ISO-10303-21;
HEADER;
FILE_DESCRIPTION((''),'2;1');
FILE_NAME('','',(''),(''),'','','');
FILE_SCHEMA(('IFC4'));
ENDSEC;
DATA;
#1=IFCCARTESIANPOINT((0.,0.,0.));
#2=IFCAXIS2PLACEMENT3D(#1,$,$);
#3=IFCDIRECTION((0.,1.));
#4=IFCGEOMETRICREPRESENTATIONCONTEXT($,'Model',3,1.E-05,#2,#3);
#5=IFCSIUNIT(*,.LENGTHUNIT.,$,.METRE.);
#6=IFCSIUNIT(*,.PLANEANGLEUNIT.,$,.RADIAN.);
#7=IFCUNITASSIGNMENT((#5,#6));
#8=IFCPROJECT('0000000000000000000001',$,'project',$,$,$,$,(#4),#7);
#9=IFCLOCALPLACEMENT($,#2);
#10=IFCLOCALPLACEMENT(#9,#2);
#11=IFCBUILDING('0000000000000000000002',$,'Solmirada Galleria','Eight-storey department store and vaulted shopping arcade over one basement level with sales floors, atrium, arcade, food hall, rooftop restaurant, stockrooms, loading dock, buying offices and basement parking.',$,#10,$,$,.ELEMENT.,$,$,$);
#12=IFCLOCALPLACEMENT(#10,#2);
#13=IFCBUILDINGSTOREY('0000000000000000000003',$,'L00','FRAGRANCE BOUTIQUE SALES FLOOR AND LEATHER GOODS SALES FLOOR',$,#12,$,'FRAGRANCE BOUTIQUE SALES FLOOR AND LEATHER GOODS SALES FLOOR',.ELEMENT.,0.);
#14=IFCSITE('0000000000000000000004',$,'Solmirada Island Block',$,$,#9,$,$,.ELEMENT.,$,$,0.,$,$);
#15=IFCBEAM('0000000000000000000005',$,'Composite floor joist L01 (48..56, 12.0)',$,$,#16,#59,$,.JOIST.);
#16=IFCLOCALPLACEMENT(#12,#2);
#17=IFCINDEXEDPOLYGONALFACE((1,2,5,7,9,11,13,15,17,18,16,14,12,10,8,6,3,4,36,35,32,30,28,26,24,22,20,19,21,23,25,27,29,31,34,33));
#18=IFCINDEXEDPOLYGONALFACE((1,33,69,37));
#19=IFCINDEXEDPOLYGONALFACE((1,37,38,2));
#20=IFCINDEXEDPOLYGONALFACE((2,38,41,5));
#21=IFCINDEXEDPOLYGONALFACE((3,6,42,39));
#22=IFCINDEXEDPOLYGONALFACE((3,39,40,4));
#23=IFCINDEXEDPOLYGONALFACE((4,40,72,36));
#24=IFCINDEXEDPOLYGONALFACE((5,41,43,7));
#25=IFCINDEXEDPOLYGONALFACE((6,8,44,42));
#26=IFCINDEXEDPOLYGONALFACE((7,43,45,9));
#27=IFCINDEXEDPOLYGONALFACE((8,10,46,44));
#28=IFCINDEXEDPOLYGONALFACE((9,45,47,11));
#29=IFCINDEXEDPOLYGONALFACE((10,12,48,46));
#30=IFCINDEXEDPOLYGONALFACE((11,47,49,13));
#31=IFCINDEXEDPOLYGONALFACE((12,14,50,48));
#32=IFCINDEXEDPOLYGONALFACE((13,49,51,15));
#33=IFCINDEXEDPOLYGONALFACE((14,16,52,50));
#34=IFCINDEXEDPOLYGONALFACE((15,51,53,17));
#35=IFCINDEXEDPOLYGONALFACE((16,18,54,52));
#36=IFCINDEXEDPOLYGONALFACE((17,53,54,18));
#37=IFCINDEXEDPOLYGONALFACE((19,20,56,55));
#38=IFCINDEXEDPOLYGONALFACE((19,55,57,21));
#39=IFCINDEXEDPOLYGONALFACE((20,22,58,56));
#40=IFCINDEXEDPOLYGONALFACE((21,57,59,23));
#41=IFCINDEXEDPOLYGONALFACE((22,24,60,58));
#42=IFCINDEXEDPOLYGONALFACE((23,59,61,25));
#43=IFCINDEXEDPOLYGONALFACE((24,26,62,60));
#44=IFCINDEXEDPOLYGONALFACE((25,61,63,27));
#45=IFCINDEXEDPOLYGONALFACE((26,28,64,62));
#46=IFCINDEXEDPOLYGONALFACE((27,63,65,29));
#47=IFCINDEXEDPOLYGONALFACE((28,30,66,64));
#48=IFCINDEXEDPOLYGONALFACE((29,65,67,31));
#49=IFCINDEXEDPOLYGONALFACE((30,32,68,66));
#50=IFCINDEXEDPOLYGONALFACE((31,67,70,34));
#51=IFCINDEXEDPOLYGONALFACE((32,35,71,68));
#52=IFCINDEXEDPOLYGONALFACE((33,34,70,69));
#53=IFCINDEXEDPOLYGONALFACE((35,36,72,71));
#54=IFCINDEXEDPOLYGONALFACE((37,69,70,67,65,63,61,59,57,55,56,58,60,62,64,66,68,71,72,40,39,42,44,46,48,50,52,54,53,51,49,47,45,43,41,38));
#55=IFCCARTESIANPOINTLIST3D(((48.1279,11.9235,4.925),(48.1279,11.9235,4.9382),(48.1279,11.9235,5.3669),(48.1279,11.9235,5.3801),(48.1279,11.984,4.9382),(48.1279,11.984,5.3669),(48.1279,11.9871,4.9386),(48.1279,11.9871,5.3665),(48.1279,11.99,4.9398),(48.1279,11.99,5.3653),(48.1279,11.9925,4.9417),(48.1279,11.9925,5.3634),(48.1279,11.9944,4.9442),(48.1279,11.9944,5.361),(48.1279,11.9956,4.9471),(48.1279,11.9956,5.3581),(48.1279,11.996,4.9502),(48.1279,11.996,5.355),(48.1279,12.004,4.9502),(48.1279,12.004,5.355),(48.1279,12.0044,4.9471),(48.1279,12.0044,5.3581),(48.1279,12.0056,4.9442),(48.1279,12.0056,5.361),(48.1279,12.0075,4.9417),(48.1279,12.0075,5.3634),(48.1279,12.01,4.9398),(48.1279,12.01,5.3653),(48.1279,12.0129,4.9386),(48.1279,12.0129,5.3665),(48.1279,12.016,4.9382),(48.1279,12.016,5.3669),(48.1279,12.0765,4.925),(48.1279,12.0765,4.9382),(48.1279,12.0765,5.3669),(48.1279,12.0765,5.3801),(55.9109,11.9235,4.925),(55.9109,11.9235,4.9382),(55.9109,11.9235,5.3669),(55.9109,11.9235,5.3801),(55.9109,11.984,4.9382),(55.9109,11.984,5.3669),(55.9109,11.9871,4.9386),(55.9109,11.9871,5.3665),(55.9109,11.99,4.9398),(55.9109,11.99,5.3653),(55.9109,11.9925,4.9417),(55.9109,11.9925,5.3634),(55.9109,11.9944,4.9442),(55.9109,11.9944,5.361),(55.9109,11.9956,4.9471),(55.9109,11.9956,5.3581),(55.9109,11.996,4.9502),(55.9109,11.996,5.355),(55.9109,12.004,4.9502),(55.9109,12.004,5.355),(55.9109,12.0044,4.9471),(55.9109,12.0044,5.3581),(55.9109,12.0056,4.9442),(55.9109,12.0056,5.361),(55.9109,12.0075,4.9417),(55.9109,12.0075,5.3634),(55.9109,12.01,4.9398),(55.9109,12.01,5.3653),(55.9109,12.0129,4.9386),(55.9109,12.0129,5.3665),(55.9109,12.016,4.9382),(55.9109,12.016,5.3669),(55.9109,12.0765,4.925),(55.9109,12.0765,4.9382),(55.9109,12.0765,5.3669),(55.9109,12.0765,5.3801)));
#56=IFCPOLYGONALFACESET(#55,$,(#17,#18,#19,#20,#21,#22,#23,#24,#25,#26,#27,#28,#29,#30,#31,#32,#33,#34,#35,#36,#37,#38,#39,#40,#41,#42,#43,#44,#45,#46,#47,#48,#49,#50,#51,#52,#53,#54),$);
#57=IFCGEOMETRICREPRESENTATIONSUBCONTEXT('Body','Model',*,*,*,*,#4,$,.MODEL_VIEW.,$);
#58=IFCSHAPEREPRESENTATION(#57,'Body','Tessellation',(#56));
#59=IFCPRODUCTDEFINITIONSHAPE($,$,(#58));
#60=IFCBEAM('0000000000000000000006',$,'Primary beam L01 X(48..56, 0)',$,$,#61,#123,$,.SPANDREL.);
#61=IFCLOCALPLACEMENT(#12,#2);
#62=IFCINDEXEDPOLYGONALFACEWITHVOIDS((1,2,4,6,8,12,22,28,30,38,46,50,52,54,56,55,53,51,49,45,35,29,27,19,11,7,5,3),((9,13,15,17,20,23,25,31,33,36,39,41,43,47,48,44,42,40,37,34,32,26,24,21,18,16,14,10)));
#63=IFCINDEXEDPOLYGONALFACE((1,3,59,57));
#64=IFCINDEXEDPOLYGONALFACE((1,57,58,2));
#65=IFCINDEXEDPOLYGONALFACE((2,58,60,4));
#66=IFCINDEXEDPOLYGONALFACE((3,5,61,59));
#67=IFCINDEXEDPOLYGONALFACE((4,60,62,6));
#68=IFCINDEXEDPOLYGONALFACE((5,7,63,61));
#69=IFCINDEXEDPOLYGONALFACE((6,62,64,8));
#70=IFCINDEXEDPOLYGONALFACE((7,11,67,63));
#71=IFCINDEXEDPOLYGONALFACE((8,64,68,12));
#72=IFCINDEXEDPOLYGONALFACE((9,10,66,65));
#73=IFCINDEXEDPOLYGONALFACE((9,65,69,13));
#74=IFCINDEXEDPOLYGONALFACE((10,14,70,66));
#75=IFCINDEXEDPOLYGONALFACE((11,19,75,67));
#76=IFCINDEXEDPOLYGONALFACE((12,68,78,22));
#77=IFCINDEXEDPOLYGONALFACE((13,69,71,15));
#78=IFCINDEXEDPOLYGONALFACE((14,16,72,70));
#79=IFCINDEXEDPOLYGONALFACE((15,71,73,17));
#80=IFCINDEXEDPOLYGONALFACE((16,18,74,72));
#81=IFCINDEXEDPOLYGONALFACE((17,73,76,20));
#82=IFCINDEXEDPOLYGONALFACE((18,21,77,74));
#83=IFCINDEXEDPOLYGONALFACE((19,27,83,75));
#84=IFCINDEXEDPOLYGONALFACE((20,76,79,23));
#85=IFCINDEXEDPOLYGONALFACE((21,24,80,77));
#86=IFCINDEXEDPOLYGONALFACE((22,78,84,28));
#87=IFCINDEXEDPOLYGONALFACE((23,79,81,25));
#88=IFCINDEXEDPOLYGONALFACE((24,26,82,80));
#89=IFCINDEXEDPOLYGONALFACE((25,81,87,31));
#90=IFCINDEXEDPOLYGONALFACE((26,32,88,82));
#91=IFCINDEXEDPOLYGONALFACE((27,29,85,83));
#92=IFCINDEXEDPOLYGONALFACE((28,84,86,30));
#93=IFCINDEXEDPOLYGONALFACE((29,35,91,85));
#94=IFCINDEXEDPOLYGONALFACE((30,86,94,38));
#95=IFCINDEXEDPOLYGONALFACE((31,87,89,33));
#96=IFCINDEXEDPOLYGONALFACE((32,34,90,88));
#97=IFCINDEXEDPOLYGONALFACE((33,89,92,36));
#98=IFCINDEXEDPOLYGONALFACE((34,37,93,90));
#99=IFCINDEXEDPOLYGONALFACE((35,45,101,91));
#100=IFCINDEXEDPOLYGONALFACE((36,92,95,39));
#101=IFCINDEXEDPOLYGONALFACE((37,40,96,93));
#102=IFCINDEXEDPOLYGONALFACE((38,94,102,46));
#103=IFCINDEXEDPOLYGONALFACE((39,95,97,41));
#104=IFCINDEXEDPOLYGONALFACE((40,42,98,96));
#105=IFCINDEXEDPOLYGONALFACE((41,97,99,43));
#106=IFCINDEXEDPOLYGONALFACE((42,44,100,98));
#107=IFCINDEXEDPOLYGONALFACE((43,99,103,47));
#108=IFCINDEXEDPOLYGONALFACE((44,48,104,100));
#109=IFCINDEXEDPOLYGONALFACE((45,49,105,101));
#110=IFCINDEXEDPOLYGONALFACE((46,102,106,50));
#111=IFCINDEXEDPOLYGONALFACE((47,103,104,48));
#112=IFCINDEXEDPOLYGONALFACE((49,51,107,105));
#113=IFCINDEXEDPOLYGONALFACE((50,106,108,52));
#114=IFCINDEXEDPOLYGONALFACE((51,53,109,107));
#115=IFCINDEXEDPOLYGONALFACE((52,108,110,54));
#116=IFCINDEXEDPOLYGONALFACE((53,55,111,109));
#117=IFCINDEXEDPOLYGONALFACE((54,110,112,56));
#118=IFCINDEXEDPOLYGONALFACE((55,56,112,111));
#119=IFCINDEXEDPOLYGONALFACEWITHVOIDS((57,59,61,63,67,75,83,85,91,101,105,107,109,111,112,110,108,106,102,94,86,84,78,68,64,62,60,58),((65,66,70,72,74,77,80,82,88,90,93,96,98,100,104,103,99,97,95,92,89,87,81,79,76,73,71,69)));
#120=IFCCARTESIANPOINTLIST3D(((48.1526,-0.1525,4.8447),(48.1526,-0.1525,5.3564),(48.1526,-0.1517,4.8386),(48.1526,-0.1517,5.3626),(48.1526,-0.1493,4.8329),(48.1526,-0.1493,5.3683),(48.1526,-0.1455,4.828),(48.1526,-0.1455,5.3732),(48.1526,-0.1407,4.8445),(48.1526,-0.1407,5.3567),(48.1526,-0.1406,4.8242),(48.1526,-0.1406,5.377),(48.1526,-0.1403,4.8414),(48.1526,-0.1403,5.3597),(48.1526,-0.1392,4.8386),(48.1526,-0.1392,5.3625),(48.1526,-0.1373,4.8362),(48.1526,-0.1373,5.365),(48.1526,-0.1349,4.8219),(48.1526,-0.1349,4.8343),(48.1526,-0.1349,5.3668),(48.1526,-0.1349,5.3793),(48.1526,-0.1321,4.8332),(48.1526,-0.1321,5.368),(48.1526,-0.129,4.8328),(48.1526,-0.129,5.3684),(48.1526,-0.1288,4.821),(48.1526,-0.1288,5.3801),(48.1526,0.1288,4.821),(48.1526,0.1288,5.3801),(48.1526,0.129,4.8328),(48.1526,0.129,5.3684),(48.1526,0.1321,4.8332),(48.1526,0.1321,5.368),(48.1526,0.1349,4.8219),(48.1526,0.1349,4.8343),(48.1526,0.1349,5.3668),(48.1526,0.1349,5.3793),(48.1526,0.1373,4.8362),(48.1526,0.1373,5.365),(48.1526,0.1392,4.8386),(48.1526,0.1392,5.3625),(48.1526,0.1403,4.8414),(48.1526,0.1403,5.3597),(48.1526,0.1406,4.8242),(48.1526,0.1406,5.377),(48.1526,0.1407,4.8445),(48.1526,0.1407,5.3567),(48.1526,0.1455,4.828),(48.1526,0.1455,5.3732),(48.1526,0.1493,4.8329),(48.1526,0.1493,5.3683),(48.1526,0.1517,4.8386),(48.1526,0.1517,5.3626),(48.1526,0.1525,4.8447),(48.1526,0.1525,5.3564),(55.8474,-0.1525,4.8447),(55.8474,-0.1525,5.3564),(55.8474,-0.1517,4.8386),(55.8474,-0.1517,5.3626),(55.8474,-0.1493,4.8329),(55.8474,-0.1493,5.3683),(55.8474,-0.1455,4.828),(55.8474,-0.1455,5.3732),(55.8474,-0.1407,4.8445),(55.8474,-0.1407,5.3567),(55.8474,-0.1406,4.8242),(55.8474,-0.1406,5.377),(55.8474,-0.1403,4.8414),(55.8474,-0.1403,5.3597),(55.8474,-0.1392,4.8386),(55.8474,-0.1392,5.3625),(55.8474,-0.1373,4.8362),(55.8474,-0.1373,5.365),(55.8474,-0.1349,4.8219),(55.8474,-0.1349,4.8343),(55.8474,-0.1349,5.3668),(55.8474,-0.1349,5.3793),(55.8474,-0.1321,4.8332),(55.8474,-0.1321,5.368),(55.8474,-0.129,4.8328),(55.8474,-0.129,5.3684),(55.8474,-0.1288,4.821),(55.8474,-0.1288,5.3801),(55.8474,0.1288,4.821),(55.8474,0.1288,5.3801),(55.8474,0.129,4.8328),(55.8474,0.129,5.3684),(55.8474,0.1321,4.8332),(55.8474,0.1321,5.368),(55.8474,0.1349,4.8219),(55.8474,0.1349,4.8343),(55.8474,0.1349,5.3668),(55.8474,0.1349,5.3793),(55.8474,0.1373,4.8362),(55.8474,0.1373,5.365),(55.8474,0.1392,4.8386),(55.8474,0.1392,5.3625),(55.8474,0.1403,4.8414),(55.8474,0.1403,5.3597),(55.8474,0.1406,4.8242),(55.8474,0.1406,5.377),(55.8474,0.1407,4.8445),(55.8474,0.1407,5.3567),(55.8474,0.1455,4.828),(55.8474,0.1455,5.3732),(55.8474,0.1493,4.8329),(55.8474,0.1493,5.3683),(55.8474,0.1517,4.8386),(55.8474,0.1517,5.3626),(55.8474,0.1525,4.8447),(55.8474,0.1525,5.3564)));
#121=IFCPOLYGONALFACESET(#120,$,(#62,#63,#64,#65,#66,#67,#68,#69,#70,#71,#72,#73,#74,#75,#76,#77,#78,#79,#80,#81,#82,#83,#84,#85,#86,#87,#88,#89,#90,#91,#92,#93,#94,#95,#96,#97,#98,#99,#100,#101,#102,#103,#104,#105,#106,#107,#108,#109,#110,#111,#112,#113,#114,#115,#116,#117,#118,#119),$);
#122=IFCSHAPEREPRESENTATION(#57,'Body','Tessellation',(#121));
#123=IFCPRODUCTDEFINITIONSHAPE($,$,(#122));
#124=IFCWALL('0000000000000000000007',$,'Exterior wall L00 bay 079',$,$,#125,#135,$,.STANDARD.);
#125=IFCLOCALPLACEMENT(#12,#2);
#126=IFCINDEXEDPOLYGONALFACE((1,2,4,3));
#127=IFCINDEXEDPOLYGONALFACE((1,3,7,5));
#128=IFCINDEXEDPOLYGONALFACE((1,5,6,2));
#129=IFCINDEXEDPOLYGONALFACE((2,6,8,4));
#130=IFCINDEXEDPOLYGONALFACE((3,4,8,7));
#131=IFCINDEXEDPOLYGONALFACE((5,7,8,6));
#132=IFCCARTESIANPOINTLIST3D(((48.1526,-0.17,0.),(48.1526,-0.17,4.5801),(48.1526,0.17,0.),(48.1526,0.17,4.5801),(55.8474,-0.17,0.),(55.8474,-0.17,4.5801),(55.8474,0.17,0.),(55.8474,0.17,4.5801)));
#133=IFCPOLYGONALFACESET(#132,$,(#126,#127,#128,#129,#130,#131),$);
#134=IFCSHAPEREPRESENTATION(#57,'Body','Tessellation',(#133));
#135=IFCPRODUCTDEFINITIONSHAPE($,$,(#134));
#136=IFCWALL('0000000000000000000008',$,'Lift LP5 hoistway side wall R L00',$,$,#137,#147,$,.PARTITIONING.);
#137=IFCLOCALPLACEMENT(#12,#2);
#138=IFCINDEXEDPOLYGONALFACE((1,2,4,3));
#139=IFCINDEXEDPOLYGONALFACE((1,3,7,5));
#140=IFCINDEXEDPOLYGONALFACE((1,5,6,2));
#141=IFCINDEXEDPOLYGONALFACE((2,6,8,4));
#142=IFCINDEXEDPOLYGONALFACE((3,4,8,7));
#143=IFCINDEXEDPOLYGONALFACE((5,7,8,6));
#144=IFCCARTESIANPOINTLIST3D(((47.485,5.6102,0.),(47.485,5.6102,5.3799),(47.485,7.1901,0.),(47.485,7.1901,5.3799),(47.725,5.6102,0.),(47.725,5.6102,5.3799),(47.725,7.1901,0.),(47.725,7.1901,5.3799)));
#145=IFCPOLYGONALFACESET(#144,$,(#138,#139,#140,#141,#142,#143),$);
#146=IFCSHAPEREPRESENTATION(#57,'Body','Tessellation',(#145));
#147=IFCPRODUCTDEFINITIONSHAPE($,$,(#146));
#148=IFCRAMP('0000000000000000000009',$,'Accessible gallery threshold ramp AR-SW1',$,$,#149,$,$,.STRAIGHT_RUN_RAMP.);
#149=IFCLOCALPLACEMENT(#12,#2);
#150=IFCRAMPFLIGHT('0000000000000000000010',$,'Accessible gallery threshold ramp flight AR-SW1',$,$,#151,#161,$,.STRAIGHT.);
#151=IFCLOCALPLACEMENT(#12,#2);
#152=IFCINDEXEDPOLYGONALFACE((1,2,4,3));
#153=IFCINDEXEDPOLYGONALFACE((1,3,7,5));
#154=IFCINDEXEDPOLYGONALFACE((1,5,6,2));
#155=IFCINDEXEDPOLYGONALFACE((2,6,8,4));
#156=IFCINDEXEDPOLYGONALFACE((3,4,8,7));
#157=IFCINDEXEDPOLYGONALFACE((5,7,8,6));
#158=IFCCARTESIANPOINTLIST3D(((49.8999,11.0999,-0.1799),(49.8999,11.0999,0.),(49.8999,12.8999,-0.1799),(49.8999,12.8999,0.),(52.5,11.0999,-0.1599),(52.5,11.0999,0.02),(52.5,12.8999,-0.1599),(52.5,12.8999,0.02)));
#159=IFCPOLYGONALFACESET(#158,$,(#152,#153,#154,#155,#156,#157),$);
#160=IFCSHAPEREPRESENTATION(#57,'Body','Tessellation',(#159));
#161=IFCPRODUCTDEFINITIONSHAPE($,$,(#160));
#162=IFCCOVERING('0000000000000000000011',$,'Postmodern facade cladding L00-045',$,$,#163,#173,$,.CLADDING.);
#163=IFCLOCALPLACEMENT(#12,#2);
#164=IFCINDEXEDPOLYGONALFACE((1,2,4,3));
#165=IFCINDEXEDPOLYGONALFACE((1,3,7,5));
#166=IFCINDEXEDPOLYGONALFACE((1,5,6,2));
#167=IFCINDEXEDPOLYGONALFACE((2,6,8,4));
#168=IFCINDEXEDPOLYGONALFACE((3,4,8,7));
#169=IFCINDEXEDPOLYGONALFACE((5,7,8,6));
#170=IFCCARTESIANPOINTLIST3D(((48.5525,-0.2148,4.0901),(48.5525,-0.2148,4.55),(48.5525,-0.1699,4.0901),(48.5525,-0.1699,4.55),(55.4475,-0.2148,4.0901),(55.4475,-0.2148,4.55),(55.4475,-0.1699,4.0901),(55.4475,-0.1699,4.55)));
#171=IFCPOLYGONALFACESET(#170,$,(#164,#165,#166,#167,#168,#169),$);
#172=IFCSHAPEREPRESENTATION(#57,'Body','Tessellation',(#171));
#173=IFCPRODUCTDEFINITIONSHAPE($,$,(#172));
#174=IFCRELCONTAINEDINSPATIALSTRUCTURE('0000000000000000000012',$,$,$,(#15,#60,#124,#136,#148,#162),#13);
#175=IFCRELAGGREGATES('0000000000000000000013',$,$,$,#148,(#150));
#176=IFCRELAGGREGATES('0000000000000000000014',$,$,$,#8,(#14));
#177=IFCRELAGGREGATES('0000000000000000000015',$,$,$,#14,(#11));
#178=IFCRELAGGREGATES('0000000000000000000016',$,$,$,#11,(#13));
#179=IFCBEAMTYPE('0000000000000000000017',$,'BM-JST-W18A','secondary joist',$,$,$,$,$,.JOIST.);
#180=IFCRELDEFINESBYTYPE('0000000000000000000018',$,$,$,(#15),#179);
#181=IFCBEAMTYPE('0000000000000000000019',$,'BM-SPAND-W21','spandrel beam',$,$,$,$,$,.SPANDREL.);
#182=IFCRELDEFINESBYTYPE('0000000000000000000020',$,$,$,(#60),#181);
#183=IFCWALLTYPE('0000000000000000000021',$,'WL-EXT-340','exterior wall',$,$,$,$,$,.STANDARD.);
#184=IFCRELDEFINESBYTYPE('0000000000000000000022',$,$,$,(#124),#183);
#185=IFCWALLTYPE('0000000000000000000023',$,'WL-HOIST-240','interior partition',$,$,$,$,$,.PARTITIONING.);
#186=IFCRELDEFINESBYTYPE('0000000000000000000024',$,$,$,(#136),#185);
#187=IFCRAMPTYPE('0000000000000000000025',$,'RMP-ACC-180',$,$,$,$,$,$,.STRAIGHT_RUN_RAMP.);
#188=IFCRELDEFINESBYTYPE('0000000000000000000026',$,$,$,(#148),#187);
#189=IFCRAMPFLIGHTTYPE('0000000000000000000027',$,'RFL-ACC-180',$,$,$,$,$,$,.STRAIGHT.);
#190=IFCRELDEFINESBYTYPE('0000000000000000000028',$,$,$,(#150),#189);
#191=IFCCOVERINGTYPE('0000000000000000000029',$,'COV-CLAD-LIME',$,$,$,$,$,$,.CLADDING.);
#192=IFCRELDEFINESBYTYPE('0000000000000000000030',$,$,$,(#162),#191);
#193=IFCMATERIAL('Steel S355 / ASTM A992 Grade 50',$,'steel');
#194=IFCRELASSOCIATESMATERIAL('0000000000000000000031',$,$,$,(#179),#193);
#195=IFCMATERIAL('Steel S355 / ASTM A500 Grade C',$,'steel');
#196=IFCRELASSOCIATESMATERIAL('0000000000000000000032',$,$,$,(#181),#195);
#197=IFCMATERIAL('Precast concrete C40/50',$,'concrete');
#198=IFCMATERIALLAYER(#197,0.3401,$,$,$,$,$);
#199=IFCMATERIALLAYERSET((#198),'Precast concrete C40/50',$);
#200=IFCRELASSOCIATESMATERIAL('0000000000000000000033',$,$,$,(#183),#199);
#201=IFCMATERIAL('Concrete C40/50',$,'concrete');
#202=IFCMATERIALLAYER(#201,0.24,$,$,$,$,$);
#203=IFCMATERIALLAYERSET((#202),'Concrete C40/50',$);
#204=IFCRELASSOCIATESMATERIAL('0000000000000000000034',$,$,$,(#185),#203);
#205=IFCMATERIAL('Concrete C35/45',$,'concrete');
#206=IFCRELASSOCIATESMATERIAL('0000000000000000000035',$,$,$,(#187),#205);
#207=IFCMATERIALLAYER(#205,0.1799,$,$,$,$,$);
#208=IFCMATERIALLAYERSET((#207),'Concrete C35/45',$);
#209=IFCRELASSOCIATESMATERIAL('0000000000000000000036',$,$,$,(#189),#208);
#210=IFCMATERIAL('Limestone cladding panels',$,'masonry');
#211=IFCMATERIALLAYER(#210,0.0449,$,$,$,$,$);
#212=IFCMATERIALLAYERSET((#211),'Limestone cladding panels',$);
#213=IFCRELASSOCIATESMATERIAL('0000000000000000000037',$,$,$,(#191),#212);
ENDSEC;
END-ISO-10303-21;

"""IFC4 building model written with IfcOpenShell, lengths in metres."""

from ifc_helpers import new_model, si_unit, direction, frame, frame_2d, origin, origin_2d, place, context, subcontext, project, spatial, polyline, rectangle, hollow_rectangle, i_section, outline, extrude, material, layer, layer_set, material_profile, profile_set, type_object, element, aggregate, save


model = new_model("IFC4")

# Units and contexts
model_context = context("Model", 3, precision=1e-05, world=origin(), true_north=direction((0.0, 1.0)))
body_context = subcontext(model_context, "Body", "Model", "MODEL_VIEW")
ifc_project = project(units=[si_unit("LENGTHUNIT", "METRE"), si_unit("PLANEANGLEUNIT", "RADIAN")], contexts=[model_context])

# Site, building, storey
site_placement = place(None, origin())
site = spatial("IfcSite", under=ifc_project, at=site_placement, Name="Solmirada Island Block", CompositionType="ELEMENT", RefElevation=0.0)
building_placement = place(site_placement, origin())
building = spatial("IfcBuilding", under=site, at=building_placement, Name="Solmirada Galleria", Description="Eight-storey department store and vaulted shopping arcade over one basement level with sales floors, atrium, arcade, food hall, rooftop restaurant, stockrooms, loading dock, buying offices and basement parking.", CompositionType="ELEMENT")
storey_placement = place(building_placement, origin())
storey = spatial("IfcBuildingStorey", under=building, at=storey_placement, Name="L00", Description="FRAGRANCE BOUTIQUE SALES FLOOR AND LEATHER GOODS SALES FLOOR", LongName="FRAGRANCE BOUTIQUE SALES FLOOR AND LEATHER GOODS SALES FLOOR", CompositionType="ELEMENT", Elevation=0.0)

# Shared definitions
ifc_material_1 = material(Name="Steel S355 / ASTM A500 Grade C", Category="steel")
ifc_material_2 = material(Name="Precast concrete C40/50", Category="concrete")

# Beams
ifc_material_3 = material(Name="Steel S355 / ASTM A992 Grade 50", Category="steel")
ifc_material_profile_1 = material_profile(ifc_material_3, i_section(OverallWidth=0.1531, OverallDepth=0.4551, WebThickness=0.0081, FlangeThickness=0.0132, FilletRadius=0.012, at=origin_2d()), Name="W18X40")
ifc_profile_set_1 = profile_set([ifc_material_profile_1], Name="Steel S355 / ASTM A992 Grade 50")
beam_type_1 = type_object("IfcBeamType", Name="BM-JST-W18A", Description="secondary joist", PredefinedType="JOIST", material=ifc_profile_set_1)
beam_1_placement = place(storey_placement, frame((48.1279, 12.0, 5.1526), z_axis=(1.0, 0.0, 0.0), x_axis=(0.0, 1.0, 0.0)))
element("IfcBeam", 1, at=beam_1_placement, inside=storey, type_object=beam_type_1, Name="Composite floor joist L01 (48..56, 12.0)", PredefinedType="JOIST", context=body_context, shape_type="SweptSolid", body=[
    extrude(i_section(OverallWidth=0.1531, OverallDepth=0.4551, WebThickness=0.0081, FlangeThickness=0.0132, FilletRadius=0.012, at=origin_2d()), origin(), (0.0, 0.0, 1.0), 7.783),
])
ifc_material_profile_2 = material_profile(ifc_material_1, hollow_rectangle(XDim=0.3049, YDim=0.5591, WallThickness=0.0117, InnerFilletRadius=0.0117, OuterFilletRadius=0.0237, at=origin_2d()), Name="HSS22X12X1/2")
ifc_profile_set_2 = profile_set([ifc_material_profile_2], Name="Steel S355 / ASTM A500 Grade C")
beam_type_2 = type_object("IfcBeamType", Name="BM-SPAND-W21", Description="spandrel beam", PredefinedType="SPANDREL", material=ifc_profile_set_2)
beam_2_placement = place(storey_placement, frame((48.1526, 0.0, 5.1006), z_axis=(1.0, 0.0, 0.0), x_axis=(0.0, 1.0, 0.0)))
element("IfcBeam", 2, at=beam_2_placement, inside=storey, type_object=beam_type_2, Name="Primary beam L01 X(48..56, 0)", PredefinedType="SPANDREL", context=body_context, shape_type="SweptSolid", body=[
    extrude(hollow_rectangle(XDim=0.3049, YDim=0.5591, WallThickness=0.0117, InnerFilletRadius=0.0117, OuterFilletRadius=0.0237, at=origin_2d()), origin(), (0.0, 0.0, 1.0), 7.6948),
])

# Shared definitions
ifc_material_4 = material(Name="Concrete C40/50", Category="concrete")

# Wall
ifc_layer_1 = layer(ifc_material_2, 0.3401)
ifc_layer_set_1 = layer_set([ifc_layer_1], Name="Precast concrete C40/50")
wall_type_1 = type_object("IfcWallType", Name="WL-EXT-340", Description="exterior wall", PredefinedType="STANDARD", material=ifc_layer_set_1)
wall_1_placement = place(storey_placement, frame((55.8474, 0.0, 0.0), z_axis=(0.0, 0.0, 1.0), x_axis=(-1.0, 0.0, 0.0)))
element("IfcWall", 3, at=wall_1_placement, inside=storey, type_object=wall_type_1, Name="Exterior wall L00 bay 079", PredefinedType="STANDARD", context=body_context, shape_type="SweptSolid", body=[
    extrude(rectangle(XDim=7.6948, YDim=0.3401, at=frame_2d((3.8474, 0.0))), origin(), (0.0, 0.0, 1.0), 4.5801),
])

# Shared definitions
ifc_layer_2 = layer(ifc_material_4, 0.24)
ifc_layer_set_2 = layer_set([ifc_layer_2], Name="Concrete C40/50")
wall_type_2 = type_object("IfcWallType", Name="WL-HOIST-240", Description="interior partition", PredefinedType="PARTITIONING", material=ifc_layer_set_2)

# Wall
wall_2_placement = place(storey_placement, frame((47.605, 5.6101, 0.0), z_axis=(0.0, 0.0, 1.0), x_axis=(0.0, 1.0, 0.0)))
element("IfcWall", 4, at=wall_2_placement, inside=storey, type_object=wall_type_2, Name="Lift LP5 hoistway side wall R L00", PredefinedType="PARTITIONING", context=body_context, shape_type="SweptSolid", body=[
    extrude(rectangle(XDim=1.5798, YDim=0.24, at=frame_2d((0.79, 0.0))), origin(), (0.0, 0.0, 1.0), 5.3799),
])

# Ramp, ramp flight
ifc_material_5 = material(Name="Concrete C35/45", Category="concrete")
ramp_type = type_object("IfcRampType", Name="RMP-ACC-180", PredefinedType="STRAIGHT_RUN_RAMP", material=ifc_material_5)
ramp_placement = place(storey_placement, origin())
ramp = element("IfcRamp", 5, at=ramp_placement, inside=storey, type_object=ramp_type, Name="Accessible gallery threshold ramp AR-SW1", PredefinedType="STRAIGHT_RUN_RAMP")
ifc_layer_3 = layer(ifc_material_5, 0.1799)
ifc_layer_set_3 = layer_set([ifc_layer_3], Name="Concrete C35/45")
ramp_flight_type = type_object("IfcRampFlightType", Name="RFL-ACC-180", PredefinedType="STRAIGHT", material=ifc_layer_set_3)
ramp_flight_placement = place(storey_placement, frame((50.0, 12.0, 0.0), z_axis=(0.0, 0.0, 1.0), x_axis=(1.0, 0.0, 0.0)))
ramp_flight = element("IfcRampFlight", 6, at=ramp_flight_placement, type_object=ramp_flight_type, Name="Accessible gallery threshold ramp flight AR-SW1", PredefinedType="STRAIGHT", context=body_context, shape_type="SweptSolid", body=[
    extrude(outline(polyline([(-0.1001, 0.0), (2.5, 0.02), (2.5, -0.1599), (-0.1001, -0.1799), (-0.1001, 0.0)])), frame((0.0, 0.8999, 0.0), z_axis=(0.0, -1.0, 0.0), x_axis=(1.0, 0.0, 0.0)), (0.0, 0.0, 1.0), 1.8),
])
aggregate(ramp, [ramp_flight])

# Covering
ifc_material_6 = material(Name="Limestone cladding panels", Category="masonry")
ifc_layer_4 = layer(ifc_material_6, 0.0449)
ifc_layer_set_4 = layer_set([ifc_layer_4], Name="Limestone cladding panels")
covering_type = type_object("IfcCoveringType", Name="COV-CLAD-LIME", PredefinedType="CLADDING", material=ifc_layer_set_4)
covering_placement = place(storey_placement, frame((52.0, -0.1924, 4.0901), z_axis=(0.0, 0.0, 1.0), x_axis=(-1.0, 0.0, 0.0)))
element("IfcCovering", 7, at=covering_placement, inside=storey, type_object=covering_type, Name="Postmodern facade cladding L00-045", PredefinedType="CLADDING", context=body_context, shape_type="SweptSolid", body=[
    extrude(rectangle(XDim=6.895, YDim=0.0449, at=origin_2d()), origin(), (0.0, 0.0, 1.0), 0.46),
])

save(model, "model.ifc")
